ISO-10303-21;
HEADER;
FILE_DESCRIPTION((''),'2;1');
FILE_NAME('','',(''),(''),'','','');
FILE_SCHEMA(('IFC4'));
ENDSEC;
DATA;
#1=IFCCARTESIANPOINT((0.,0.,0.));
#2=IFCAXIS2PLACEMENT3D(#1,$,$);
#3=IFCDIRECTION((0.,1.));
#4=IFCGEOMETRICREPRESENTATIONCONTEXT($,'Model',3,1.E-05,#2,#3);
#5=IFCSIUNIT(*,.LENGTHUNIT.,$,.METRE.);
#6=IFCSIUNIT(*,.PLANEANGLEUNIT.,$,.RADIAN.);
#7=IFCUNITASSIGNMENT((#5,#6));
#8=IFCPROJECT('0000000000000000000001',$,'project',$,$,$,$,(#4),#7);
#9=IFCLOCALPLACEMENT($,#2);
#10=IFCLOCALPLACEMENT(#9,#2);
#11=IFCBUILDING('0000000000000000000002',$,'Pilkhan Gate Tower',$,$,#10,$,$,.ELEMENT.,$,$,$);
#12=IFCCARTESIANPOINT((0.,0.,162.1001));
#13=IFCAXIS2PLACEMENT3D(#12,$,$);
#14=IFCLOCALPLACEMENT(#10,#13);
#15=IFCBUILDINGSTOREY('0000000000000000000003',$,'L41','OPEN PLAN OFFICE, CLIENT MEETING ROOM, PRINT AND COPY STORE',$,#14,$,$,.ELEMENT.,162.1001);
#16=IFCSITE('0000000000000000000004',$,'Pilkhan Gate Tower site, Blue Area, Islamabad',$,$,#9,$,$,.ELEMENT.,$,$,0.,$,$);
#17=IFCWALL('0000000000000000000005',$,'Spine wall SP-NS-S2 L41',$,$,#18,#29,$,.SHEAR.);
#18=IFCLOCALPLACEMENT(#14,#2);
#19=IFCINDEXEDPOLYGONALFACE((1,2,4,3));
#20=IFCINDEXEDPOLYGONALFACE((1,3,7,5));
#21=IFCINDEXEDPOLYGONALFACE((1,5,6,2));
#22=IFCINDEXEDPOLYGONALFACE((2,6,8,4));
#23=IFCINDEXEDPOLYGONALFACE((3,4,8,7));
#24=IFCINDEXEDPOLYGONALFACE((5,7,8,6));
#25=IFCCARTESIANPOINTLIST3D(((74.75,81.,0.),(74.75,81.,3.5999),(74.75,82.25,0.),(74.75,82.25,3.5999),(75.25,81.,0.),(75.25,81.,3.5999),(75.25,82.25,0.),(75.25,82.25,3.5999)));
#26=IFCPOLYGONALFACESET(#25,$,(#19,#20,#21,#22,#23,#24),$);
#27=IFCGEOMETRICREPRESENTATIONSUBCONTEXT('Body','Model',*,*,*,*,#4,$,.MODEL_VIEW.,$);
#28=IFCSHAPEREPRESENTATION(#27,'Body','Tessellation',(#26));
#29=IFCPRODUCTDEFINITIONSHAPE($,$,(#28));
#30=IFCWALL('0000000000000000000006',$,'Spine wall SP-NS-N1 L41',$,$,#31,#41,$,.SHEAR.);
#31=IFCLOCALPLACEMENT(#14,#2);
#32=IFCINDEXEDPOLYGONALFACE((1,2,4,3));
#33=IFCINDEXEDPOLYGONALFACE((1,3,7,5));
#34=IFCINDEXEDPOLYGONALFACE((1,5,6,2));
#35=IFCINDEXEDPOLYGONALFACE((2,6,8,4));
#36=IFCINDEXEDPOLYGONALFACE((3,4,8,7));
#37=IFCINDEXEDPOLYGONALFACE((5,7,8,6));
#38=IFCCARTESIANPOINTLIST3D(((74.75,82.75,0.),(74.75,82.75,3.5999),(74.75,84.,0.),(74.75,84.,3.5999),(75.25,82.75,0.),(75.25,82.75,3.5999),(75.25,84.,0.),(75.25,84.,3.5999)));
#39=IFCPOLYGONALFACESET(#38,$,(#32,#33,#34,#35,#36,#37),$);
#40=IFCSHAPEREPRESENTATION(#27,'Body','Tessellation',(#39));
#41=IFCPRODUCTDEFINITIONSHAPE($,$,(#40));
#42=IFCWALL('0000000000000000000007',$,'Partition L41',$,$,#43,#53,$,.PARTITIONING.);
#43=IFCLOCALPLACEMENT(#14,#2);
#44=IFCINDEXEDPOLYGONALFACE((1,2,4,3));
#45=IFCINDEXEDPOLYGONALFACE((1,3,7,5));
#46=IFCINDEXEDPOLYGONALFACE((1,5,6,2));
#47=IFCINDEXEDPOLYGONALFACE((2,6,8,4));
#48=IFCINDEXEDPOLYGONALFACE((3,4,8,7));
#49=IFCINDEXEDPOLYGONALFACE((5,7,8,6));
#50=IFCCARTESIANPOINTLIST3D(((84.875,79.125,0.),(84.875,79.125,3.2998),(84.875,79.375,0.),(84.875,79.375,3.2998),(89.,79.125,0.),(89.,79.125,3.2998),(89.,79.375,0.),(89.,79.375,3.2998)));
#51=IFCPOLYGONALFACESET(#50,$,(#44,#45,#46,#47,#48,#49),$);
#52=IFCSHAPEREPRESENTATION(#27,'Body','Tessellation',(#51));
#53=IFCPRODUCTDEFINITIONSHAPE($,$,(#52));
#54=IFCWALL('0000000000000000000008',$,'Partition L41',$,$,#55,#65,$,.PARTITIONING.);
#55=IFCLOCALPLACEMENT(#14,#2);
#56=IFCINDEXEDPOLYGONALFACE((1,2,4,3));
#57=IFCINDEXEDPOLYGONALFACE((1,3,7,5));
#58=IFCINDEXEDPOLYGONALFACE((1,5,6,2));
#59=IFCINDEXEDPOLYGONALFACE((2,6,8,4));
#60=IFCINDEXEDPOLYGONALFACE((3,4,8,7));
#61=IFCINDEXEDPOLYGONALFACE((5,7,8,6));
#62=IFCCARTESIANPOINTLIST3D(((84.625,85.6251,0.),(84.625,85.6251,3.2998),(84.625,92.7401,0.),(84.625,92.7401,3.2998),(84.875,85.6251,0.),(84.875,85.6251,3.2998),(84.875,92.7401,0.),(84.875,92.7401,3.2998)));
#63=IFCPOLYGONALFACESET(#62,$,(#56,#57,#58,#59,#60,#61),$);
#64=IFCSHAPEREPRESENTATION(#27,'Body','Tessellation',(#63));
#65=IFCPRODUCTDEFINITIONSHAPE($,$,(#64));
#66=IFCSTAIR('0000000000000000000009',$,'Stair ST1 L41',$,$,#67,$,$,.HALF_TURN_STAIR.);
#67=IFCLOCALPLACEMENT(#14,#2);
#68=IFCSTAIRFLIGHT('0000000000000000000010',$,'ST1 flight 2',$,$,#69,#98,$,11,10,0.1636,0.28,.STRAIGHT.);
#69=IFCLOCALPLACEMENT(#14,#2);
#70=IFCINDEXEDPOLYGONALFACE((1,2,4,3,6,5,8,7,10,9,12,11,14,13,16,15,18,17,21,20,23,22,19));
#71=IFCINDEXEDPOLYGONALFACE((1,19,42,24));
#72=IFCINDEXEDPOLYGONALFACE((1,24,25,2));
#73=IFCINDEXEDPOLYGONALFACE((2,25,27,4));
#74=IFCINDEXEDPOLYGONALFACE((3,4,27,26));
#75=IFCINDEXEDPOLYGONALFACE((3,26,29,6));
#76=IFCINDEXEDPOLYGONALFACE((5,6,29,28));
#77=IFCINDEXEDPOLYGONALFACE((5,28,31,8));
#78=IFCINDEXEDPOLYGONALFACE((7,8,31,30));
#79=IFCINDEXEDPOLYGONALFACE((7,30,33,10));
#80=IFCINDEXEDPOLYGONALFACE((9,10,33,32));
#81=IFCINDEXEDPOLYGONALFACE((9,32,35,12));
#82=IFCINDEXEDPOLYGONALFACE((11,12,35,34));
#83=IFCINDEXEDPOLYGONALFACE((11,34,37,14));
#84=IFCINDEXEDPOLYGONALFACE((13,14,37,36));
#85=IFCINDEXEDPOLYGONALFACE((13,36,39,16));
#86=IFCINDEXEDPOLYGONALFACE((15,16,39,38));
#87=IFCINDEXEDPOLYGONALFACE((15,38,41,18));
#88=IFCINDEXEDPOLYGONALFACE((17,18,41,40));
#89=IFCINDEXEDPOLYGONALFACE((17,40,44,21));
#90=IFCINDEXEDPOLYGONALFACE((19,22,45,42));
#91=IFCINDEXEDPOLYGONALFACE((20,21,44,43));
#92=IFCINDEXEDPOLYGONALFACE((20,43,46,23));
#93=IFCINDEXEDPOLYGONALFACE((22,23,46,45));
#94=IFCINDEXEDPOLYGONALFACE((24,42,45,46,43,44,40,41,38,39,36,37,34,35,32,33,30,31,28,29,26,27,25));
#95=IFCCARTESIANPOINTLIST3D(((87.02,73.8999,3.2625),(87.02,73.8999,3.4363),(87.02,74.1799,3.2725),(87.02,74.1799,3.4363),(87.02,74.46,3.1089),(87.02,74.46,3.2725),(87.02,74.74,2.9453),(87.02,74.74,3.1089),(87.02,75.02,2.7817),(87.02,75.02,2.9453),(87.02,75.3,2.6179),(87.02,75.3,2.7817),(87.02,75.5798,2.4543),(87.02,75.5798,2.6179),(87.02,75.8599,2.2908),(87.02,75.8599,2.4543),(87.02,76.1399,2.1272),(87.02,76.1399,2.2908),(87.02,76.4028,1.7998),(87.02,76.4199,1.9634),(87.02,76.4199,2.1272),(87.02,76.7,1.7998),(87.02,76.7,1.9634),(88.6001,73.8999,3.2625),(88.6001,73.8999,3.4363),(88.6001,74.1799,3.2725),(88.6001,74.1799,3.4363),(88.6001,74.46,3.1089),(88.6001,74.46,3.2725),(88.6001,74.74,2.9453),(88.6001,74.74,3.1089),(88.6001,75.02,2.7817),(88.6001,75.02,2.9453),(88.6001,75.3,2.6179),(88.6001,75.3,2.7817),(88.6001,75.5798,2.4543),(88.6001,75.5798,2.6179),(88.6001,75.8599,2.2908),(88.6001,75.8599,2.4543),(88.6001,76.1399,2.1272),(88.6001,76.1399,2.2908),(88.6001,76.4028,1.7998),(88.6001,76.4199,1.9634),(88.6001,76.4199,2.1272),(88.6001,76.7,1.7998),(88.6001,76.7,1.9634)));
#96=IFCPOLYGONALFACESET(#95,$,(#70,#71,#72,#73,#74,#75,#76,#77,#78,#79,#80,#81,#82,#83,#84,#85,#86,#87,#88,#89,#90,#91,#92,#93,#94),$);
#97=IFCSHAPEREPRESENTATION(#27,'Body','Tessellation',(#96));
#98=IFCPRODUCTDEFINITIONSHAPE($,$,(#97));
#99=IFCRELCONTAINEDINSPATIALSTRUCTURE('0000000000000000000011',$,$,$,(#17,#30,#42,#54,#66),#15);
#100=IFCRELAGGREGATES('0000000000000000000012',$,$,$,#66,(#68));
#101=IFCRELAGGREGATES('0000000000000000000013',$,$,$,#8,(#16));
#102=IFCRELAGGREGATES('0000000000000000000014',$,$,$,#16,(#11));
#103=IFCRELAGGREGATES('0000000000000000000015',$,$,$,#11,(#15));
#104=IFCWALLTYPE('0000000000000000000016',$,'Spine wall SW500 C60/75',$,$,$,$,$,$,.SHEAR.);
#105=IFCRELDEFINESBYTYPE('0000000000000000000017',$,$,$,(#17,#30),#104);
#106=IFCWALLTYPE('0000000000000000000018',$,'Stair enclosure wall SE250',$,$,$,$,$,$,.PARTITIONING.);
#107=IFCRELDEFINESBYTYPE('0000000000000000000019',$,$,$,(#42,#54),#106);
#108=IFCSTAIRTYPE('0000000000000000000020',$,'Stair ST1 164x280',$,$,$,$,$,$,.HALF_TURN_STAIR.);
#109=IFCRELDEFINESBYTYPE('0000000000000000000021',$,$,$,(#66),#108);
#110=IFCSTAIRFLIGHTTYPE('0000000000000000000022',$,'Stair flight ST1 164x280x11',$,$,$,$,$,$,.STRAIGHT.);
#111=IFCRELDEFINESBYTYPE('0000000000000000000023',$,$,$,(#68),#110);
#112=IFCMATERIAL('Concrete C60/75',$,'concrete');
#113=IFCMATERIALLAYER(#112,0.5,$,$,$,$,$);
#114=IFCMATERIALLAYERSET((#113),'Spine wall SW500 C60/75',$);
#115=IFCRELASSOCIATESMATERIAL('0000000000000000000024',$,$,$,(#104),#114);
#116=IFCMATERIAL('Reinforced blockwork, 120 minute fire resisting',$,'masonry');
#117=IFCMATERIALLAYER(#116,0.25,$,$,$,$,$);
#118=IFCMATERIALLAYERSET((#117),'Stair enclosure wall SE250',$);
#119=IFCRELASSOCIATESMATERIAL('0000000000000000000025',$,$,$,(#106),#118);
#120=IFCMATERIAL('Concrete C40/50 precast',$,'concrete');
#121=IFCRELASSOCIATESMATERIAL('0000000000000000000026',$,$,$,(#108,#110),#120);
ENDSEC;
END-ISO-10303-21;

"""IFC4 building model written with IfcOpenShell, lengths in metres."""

from ifc_helpers import new_model, si_unit, direction, frame, frame_2d, origin, place, context, subcontext, project, spatial, polyline, rectangle, outline, extrude, material, layer, layer_set, type_object, element, aggregate, save


model = new_model("IFC4")

# Units and contexts
model_context = context("Model", 3, precision=1e-05, world=origin(), true_north=direction((0.0, 1.0)))
body_context = subcontext(model_context, "Body", "Model", "MODEL_VIEW")
ifc_project = project(units=[si_unit("LENGTHUNIT", "METRE"), si_unit("PLANEANGLEUNIT", "RADIAN")], contexts=[model_context])

# Site, building, storey
site_placement = place(None, origin())
site = spatial("IfcSite", under=ifc_project, at=site_placement, Name="Pilkhan Gate Tower site, Blue Area, Islamabad", CompositionType="ELEMENT", RefElevation=0.0)
building_placement = place(site_placement, origin())
building = spatial("IfcBuilding", under=site, at=building_placement, Name="Pilkhan Gate Tower", CompositionType="ELEMENT")
storey_placement = place(building_placement, frame((0.0, 0.0, 162.1001)))
storey = spatial("IfcBuildingStorey", under=building, at=storey_placement, Name="L41", Description="OPEN PLAN OFFICE, CLIENT MEETING ROOM, PRINT AND COPY STORE", CompositionType="ELEMENT", Elevation=162.1001)

# Shared definitions
ifc_material_1 = material(Name="Concrete C60/75", Category="concrete")

# Walls
ifc_layer_1 = layer(ifc_material_1, 0.5)
ifc_layer_set_1 = layer_set([ifc_layer_1], Name="Spine wall SW500 C60/75")
wall_type_1 = type_object("IfcWallType", Name="Spine wall SW500 C60/75", PredefinedType="SHEAR", material=ifc_layer_set_1)
for number, where, z_axis, x_axis, name in (
    (1, (75.0, 81.0, 0.0), (0.0, 0.0, 1.0), (0.0, 1.0, 0.0), "Spine wall SP-NS-S2 L41"),
    (2, (75.0, 82.75, 0.0), (0.0, 0.0, 1.0), (0.0, 1.0, 0.0), "Spine wall SP-NS-N1 L41"),
):
    element("IfcWall", number, at=place(storey_placement, frame(where, z_axis=z_axis, x_axis=x_axis)), inside=storey, type_object=wall_type_1, Name=name, PredefinedType="SHEAR", context=body_context, shape_type="SweptSolid", body=[
        extrude(rectangle(XDim=1.25, YDim=0.5, at=frame_2d((0.625, 0.0))), origin(), (0.0, 0.0, 1.0), 3.5999),
    ])
ifc_material_2 = material(Name="Reinforced blockwork, 120 minute fire resisting", Category="masonry")
ifc_layer_2 = layer(ifc_material_2, 0.25)
ifc_layer_set_2 = layer_set([ifc_layer_2], Name="Stair enclosure wall SE250")
wall_type_2 = type_object("IfcWallType", Name="Stair enclosure wall SE250", PredefinedType="PARTITIONING", material=ifc_layer_set_2)
wall_1_placement = place(storey_placement, frame((84.875, 79.25, 0.0), z_axis=(0.0, 0.0, 1.0), x_axis=(1.0, 0.0, 0.0)))
element("IfcWall", 3, at=wall_1_placement, inside=storey, type_object=wall_type_2, Name="Partition L41", PredefinedType="PARTITIONING", context=body_context, shape_type="SweptSolid", body=[
    extrude(rectangle(XDim=4.125, YDim=0.25, at=frame_2d((2.0625, 0.0))), origin(), (0.0, 0.0, 1.0), 3.2998),
])
wall_2_placement = place(storey_placement, frame((84.75, 85.625, 0.0), z_axis=(0.0, 0.0, 1.0), x_axis=(0.0, 1.0, 0.0)))
element("IfcWall", 4, at=wall_2_placement, inside=storey, type_object=wall_type_2, Name="Partition L41", PredefinedType="PARTITIONING", context=body_context, shape_type="SweptSolid", body=[
    extrude(rectangle(XDim=7.115, YDim=0.25, at=frame_2d((3.5576, 0.0))), origin(), (0.0, 0.0, 1.0), 3.2998),
])

# Stair, stair flight
ifc_material_3 = material(Name="Concrete C40/50 precast", Category="concrete")
stair_type = type_object("IfcStairType", Name="Stair ST1 164x280", PredefinedType="HALF_TURN_STAIR", material=ifc_material_3)
stair_placement = place(storey_placement, origin())
stair = element("IfcStair", 5, at=stair_placement, inside=storey, type_object=stair_type, Name="Stair ST1 L41", PredefinedType="HALF_TURN_STAIR")
stair_flight_type = type_object("IfcStairFlightType", Name="Stair flight ST1 164x280x11", PredefinedType="STRAIGHT", material=ifc_material_3)
stair_flight_placement = place(storey_placement, frame((87.8101, 76.7, 1.7998), z_axis=(0.0, 0.0, 1.0), x_axis=(0.0, -1.0, 0.0)))
stair_flight = element("IfcStairFlight", 6, at=stair_flight_placement, type_object=stair_flight_type, Name="ST1 flight 2", NumberOfRisers=11, NumberOfTreads=10, PredefinedType="STRAIGHT", RiserHeight=0.1636, TreadLength=0.28, context=body_context, shape_type="SweptSolid", body=[
    extrude(outline(polyline([(0.0, 0.0), (0.0, 0.1636), (0.28, 0.1636), (0.28, 0.3274), (0.5601, 0.3274), (0.5601, 0.491), (0.8401, 0.491), (0.8401, 0.6545), (1.1201, 0.6545), (1.1201, 0.8181), (1.3999, 0.8181), (1.3999, 0.9819), (1.6799, 0.9819), (1.6799, 1.1455), (1.96, 1.1455), (1.96, 1.3091), (2.24, 1.3091), (2.24, 1.4727), (2.52, 1.4727), (2.52, 1.6365), (2.8, 1.6365), (2.8, 1.8), (2.8, 1.4626), (0.2971, 0.0), (0.0, 0.0)])), frame((0.0, 0.79, 0.0), z_axis=(0.0, -1.0, 0.0), x_axis=(1.0, 0.0, 0.0)), (0.0, 0.0, 1.0), 1.5801),
])
aggregate(stair, [stair_flight])

save(model, "model.ifc")
